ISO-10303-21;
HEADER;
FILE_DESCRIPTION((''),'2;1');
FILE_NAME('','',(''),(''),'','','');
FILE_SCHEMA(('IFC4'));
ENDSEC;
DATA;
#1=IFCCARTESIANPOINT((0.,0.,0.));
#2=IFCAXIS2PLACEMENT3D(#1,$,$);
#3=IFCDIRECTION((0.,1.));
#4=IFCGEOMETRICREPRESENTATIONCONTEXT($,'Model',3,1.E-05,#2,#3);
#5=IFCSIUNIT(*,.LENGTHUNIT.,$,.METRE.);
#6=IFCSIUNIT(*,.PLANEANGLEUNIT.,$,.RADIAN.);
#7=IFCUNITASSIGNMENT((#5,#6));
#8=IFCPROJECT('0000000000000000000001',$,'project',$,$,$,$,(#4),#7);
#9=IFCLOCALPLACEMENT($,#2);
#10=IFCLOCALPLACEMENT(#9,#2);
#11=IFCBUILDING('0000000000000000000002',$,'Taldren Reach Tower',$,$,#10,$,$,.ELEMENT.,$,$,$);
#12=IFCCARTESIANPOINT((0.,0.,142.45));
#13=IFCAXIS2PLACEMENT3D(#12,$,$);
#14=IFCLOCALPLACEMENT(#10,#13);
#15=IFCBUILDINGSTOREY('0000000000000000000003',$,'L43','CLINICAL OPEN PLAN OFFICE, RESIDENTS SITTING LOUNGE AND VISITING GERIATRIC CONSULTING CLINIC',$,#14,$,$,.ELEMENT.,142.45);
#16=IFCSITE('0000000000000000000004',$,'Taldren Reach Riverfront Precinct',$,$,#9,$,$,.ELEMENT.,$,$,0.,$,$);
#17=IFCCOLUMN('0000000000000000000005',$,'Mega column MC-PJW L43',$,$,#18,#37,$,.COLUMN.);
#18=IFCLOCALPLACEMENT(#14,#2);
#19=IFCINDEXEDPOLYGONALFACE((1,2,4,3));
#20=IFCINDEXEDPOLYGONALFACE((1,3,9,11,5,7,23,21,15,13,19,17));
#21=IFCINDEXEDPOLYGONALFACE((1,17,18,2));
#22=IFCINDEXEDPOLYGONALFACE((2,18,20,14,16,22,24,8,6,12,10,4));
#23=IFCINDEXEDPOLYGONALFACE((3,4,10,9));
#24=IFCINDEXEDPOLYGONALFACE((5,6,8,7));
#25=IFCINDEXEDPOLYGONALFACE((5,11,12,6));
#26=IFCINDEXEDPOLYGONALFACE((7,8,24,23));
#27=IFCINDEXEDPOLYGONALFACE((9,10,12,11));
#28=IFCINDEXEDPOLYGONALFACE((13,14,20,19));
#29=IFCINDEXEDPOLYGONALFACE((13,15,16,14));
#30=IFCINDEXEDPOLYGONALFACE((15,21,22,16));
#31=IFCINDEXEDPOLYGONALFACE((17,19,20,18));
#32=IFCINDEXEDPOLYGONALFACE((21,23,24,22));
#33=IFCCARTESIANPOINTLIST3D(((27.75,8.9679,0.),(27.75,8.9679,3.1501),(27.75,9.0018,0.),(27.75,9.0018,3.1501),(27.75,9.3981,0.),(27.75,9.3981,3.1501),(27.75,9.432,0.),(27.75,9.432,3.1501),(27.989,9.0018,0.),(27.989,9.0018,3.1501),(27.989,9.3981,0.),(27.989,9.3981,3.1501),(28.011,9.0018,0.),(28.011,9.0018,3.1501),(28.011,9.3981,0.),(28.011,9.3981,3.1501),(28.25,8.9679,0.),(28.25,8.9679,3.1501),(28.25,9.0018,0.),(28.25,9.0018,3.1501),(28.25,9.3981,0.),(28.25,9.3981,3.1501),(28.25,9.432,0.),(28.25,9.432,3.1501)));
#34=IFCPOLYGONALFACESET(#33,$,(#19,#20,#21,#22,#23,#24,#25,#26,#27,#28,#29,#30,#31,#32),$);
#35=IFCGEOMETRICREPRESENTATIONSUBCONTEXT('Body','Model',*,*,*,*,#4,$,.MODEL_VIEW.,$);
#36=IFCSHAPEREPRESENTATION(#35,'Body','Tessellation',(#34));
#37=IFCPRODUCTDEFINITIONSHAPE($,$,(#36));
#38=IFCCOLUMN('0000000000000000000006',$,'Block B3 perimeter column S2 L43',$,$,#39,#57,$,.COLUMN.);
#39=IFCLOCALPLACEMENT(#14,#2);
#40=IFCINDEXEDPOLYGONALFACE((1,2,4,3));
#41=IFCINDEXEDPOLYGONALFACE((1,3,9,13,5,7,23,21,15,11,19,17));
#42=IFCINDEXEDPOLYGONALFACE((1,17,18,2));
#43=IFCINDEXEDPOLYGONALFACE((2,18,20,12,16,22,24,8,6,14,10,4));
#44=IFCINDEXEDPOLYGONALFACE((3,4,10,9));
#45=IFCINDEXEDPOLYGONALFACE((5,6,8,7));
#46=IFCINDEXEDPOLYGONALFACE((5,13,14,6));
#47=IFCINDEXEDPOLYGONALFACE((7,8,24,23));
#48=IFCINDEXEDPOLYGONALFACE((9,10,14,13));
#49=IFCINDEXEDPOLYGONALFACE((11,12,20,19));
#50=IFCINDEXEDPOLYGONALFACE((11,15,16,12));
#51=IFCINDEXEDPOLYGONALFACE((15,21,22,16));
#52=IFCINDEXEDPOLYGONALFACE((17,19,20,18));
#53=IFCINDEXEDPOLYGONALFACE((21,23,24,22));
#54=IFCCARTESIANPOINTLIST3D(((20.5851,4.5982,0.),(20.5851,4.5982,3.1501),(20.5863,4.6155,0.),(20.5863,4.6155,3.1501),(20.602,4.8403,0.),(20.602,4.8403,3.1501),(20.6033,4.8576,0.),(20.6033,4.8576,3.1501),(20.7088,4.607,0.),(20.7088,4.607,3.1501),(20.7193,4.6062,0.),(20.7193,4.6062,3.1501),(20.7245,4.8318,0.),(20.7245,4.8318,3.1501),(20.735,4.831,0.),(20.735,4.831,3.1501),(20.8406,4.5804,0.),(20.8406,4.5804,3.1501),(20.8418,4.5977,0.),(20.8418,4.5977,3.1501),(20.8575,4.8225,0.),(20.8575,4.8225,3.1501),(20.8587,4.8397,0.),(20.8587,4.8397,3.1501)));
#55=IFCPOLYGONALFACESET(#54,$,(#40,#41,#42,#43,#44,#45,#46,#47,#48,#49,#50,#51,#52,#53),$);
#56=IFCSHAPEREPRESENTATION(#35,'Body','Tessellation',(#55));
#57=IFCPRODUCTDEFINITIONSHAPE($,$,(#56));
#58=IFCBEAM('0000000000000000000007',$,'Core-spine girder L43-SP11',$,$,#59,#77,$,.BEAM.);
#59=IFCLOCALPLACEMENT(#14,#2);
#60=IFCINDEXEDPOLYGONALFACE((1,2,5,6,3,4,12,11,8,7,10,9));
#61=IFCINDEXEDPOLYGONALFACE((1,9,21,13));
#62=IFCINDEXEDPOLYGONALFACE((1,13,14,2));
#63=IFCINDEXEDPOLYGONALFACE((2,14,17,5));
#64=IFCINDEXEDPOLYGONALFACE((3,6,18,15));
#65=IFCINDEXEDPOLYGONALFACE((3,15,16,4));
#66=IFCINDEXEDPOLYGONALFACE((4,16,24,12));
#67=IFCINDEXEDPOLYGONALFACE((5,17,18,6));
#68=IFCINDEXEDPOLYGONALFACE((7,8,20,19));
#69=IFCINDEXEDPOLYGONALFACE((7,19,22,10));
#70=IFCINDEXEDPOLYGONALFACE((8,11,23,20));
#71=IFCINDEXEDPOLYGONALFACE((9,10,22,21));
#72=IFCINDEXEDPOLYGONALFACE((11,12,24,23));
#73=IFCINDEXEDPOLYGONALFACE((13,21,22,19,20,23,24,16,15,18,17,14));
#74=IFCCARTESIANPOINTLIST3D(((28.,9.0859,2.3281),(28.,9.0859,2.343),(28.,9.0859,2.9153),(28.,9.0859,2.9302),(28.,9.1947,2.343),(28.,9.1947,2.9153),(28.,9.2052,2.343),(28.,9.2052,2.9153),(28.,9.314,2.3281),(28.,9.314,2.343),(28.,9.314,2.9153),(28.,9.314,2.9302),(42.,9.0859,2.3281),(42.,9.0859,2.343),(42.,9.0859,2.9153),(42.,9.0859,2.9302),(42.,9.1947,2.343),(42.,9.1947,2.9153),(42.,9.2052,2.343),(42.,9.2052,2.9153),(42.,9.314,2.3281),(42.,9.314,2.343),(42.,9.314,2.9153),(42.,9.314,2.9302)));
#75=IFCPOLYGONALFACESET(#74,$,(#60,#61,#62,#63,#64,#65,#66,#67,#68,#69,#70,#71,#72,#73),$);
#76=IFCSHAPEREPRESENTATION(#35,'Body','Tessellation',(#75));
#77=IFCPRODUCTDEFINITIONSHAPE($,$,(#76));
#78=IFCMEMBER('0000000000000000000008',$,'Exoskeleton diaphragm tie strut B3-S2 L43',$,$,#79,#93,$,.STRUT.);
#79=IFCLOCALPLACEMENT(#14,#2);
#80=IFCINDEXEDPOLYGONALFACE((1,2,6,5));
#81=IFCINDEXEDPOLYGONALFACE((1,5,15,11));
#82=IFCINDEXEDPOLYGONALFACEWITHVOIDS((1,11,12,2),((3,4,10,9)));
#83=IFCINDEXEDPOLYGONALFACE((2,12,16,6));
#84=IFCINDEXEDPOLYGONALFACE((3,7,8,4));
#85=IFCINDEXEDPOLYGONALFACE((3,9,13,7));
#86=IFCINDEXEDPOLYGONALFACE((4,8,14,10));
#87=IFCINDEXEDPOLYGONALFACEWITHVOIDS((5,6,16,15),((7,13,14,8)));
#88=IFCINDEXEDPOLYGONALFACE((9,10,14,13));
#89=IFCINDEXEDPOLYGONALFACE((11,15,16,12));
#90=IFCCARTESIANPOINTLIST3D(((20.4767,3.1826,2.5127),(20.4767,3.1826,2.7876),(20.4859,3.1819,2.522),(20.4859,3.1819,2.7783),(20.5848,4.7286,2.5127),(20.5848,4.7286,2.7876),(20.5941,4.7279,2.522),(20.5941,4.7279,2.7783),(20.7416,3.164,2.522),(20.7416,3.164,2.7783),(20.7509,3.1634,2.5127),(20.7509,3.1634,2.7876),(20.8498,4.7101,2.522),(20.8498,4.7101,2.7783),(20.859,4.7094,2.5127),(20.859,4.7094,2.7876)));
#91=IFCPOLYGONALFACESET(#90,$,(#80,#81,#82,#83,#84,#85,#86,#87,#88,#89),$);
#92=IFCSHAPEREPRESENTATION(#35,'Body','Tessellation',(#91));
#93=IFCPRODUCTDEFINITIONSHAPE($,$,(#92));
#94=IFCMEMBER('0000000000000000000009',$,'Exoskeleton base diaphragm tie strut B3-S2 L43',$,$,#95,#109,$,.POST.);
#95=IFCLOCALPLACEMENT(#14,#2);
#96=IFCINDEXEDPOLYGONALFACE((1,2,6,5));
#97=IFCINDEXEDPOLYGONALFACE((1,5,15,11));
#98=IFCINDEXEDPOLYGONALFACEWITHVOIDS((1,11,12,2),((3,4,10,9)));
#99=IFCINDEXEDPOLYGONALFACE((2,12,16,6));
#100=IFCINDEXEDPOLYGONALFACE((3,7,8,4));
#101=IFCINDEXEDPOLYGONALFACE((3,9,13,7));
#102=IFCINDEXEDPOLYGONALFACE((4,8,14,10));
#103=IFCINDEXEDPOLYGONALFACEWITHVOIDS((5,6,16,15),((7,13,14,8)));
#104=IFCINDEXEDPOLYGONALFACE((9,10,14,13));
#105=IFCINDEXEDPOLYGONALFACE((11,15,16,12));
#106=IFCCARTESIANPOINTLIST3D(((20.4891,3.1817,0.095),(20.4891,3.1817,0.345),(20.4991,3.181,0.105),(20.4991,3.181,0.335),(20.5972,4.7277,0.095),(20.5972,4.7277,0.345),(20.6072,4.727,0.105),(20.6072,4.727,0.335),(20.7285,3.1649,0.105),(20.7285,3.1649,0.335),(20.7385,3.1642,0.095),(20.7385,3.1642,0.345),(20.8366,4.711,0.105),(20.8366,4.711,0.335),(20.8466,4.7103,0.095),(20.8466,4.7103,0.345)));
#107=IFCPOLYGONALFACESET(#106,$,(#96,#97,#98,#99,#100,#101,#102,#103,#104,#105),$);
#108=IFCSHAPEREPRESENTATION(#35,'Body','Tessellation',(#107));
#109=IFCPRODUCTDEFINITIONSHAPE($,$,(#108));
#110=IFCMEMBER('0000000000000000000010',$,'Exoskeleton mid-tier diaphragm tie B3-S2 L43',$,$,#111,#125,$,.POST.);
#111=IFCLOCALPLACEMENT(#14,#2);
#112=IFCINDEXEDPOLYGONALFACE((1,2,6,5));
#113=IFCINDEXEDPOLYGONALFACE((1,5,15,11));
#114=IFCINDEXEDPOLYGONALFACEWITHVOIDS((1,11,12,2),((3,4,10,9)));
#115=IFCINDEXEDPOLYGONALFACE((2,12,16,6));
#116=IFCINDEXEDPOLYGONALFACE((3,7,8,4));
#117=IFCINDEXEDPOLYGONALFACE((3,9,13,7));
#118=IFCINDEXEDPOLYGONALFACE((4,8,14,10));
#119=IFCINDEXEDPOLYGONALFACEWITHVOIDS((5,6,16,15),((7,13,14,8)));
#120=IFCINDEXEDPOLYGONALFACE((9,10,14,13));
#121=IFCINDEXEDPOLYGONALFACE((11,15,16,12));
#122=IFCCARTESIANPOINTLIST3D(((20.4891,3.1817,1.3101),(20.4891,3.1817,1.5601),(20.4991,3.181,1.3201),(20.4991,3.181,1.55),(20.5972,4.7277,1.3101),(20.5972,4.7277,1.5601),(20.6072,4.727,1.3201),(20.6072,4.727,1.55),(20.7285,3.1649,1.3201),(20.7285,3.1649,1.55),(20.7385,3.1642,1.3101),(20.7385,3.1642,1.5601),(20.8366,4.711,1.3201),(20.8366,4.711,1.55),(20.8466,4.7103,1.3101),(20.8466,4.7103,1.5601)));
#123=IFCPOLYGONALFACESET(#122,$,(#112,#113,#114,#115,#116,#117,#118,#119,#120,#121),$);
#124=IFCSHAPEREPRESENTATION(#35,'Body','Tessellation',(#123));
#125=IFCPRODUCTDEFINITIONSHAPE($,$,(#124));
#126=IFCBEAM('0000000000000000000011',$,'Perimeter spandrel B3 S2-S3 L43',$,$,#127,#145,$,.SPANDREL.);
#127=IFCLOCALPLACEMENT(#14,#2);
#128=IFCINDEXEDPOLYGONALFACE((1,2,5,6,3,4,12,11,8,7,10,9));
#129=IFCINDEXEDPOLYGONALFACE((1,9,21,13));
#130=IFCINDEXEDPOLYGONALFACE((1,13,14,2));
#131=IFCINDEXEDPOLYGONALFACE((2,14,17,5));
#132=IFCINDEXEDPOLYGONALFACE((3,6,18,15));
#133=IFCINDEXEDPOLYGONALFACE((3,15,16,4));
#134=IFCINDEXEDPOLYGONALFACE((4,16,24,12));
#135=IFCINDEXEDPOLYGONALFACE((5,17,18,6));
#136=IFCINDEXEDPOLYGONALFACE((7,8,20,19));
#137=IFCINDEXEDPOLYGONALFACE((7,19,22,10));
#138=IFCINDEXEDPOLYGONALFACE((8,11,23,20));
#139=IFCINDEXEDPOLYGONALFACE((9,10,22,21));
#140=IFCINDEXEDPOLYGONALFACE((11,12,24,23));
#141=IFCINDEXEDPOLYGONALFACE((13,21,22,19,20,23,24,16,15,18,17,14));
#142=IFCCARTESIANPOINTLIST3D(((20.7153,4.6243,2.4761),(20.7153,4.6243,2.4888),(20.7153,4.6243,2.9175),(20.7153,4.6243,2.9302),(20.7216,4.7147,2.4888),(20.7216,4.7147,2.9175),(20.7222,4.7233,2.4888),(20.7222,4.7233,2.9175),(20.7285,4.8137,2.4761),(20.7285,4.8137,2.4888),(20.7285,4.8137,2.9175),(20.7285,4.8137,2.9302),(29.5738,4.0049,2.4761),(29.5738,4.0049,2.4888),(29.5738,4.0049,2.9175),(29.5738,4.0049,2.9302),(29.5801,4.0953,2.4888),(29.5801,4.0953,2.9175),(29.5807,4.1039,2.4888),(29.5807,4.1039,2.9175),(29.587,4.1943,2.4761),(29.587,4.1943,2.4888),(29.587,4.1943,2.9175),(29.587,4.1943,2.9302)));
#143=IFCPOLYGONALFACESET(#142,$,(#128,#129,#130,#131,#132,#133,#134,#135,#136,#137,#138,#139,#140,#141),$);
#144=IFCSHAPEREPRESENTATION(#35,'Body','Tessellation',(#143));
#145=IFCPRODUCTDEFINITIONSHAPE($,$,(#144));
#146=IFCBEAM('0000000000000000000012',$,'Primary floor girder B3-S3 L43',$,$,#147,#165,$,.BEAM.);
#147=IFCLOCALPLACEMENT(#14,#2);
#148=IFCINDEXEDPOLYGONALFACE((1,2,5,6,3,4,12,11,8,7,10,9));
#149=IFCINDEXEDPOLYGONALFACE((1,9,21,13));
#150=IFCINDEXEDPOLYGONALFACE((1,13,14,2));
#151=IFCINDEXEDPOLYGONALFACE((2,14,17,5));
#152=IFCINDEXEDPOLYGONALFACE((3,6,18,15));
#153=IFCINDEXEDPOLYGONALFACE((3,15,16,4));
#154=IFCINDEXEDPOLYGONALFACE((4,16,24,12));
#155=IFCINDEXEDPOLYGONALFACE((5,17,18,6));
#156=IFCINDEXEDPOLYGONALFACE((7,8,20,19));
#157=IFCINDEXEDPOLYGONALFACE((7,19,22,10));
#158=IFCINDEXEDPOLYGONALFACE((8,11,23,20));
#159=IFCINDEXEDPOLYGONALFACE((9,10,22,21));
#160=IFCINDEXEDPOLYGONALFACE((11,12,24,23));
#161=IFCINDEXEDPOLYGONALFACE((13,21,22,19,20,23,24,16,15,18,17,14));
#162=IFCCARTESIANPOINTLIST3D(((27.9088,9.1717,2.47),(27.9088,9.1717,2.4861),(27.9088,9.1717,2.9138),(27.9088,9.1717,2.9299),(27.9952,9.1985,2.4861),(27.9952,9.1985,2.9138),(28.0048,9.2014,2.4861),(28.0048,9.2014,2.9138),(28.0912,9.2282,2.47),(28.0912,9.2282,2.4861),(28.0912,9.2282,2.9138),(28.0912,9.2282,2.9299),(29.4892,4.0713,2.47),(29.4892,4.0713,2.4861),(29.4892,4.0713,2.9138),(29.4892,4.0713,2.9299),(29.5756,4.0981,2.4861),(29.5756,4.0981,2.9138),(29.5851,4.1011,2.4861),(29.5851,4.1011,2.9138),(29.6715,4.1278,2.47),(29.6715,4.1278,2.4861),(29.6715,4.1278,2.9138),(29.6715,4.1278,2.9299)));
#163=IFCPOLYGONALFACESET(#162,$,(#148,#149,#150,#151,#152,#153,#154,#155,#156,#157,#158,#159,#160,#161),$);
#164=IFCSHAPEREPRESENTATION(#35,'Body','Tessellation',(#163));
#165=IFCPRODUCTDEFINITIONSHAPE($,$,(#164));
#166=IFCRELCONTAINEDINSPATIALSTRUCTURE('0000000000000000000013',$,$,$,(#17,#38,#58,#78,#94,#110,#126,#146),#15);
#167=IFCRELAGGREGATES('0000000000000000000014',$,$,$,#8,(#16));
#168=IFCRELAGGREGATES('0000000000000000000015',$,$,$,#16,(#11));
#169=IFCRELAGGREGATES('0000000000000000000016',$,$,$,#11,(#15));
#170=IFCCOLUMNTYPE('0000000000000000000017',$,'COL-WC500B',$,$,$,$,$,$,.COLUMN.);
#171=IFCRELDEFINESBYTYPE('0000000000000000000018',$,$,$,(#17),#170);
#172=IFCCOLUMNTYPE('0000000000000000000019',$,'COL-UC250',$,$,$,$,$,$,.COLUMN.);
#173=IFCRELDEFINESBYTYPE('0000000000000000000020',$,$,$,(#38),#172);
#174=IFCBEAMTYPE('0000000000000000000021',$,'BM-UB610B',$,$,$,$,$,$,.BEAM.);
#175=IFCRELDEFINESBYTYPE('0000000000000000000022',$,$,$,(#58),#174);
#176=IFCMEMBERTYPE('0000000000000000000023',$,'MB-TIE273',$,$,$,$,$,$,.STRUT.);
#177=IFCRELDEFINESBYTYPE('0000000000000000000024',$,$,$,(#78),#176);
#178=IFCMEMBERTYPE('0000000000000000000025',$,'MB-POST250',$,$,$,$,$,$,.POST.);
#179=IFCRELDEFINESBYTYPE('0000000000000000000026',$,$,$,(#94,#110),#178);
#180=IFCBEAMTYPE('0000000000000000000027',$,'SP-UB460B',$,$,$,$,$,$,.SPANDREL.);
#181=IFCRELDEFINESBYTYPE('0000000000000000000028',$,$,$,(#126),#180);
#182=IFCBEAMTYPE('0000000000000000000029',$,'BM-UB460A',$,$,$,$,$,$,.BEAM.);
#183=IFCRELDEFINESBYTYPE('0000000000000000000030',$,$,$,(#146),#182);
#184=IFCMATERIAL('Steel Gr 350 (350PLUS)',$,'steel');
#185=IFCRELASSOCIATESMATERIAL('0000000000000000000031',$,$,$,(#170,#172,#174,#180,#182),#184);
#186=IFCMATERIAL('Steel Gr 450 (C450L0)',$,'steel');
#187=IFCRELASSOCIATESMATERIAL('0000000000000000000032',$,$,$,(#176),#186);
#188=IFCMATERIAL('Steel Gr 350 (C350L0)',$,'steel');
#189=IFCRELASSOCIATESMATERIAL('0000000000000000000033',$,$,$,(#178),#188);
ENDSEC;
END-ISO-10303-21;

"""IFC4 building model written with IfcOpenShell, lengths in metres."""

from ifc_helpers import new_model, si_unit, direction, frame, origin, origin_2d, place, context, subcontext, project, spatial, hollow_rectangle, i_section, extrude, source, transform, mapped, material, material_profile, profile_set, type_object, element, save


model = new_model("IFC4")

# Units and contexts
model_context = context("Model", 3, precision=1e-05, world=origin(), true_north=direction((0.0, 1.0)))
body_context = subcontext(model_context, "Body", "Model", "MODEL_VIEW")
ifc_project = project(units=[si_unit("LENGTHUNIT", "METRE"), si_unit("PLANEANGLEUNIT", "RADIAN")], contexts=[model_context])

# Site, building, storey
site_placement = place(None, origin())
site = spatial("IfcSite", under=ifc_project, at=site_placement, Name="Taldren Reach Riverfront Precinct", CompositionType="ELEMENT", RefElevation=0.0)
building_placement = place(site_placement, origin())
building = spatial("IfcBuilding", under=site, at=building_placement, Name="Taldren Reach Tower", CompositionType="ELEMENT")
storey_placement = place(building_placement, frame((0.0, 0.0, 142.45)))
storey = spatial("IfcBuildingStorey", under=building, at=storey_placement, Name="L43", Description="CLINICAL OPEN PLAN OFFICE, RESIDENTS SITTING LOUNGE AND VISITING GERIATRIC CONSULTING CLINIC", CompositionType="ELEMENT", Elevation=142.45)

# Columns
ifc_material_1 = material(Name="Steel Gr 350 (350PLUS)", Category="steel")
ifc_material_profile_1 = material_profile(ifc_material_1, i_section(OverallWidth=0.5, OverallDepth=0.4641, WebThickness=0.022, FlangeThickness=0.0339, at=origin_2d()), Name="500WC340")
ifc_profile_set_1 = profile_set([ifc_material_profile_1], Name="Steel Gr 350 (350PLUS)")
column_type_1 = type_object("IfcColumnType", Name="COL-WC500B", PredefinedType="COLUMN", material=ifc_profile_set_1)
shared_shape_1 = source(origin(), body_context, "Body", "SweptSolid", [
    extrude(i_section(OverallWidth=0.5, OverallDepth=0.4641, WebThickness=0.022, FlangeThickness=0.0339, at=origin_2d()), origin(), (0.0, 0.0, 1.0), 3.1501),
])
column_1_placement = place(storey_placement, frame((28.0, 9.2, 0.0), z_axis=(0.0, 0.0, 1.0), x_axis=(1.0, 0.0, 0.0)))
element("IfcColumn", 1, at=column_1_placement, inside=storey, type_object=column_type_1, Name="Mega column MC-PJW L43", PredefinedType="COLUMN", context=body_context, shape_type="MappedRepresentation", body=[
    mapped(shared_shape_1, transform((0.0, 0.0, 0.0), scale=1.0)),
])
ifc_material_profile_2 = material_profile(ifc_material_1, i_section(OverallWidth=0.2561, OverallDepth=0.26, WebThickness=0.0105, FlangeThickness=0.0173, at=origin_2d()), Name="250UC89.5")
ifc_profile_set_2 = profile_set([ifc_material_profile_2], Name="Steel Gr 350 (350PLUS)")
column_type_2 = type_object("IfcColumnType", Name="COL-UC250", PredefinedType="COLUMN", material=ifc_profile_set_2)
shared_shape_2 = source(origin(), body_context, "Body", "SweptSolid", [
    extrude(i_section(OverallWidth=0.2561, OverallDepth=0.26, WebThickness=0.0105, FlangeThickness=0.0173, at=origin_2d()), origin(), (0.0, 0.0, 1.0), 3.1501),
])
column_2_placement = place(storey_placement, frame((20.7219, 4.719, 0.0), z_axis=(0.0, 0.0, 1.0), x_axis=(0.997564, -0.069756, 0.0)))
element("IfcColumn", 2, at=column_2_placement, inside=storey, type_object=column_type_2, Name="Block B3 perimeter column S2 L43", PredefinedType="COLUMN", context=body_context, shape_type="MappedRepresentation", body=[
    mapped(shared_shape_2, transform((0.0, 0.0, 0.0), scale=1.0)),
])

# Beam
ifc_material_profile_3 = material_profile(ifc_material_1, i_section(OverallWidth=0.228, OverallDepth=0.6021, WebThickness=0.0105, FlangeThickness=0.0149, at=origin_2d()), Name="610UB101")
ifc_profile_set_3 = profile_set([ifc_material_profile_3], Name="Steel Gr 350 (350PLUS)")
beam_type_1 = type_object("IfcBeamType", Name="BM-UB610B", PredefinedType="BEAM", material=ifc_profile_set_3)
shared_shape_3 = source(origin(), body_context, "Body", "SweptSolid", [
    extrude(i_section(OverallWidth=0.228, OverallDepth=0.6021, WebThickness=0.0105, FlangeThickness=0.0149, at=origin_2d()), origin(), (0.0, 0.0, 1.0), 14.0),
])
beam_1_placement = place(storey_placement, frame((28.0, 9.2, 2.6292), z_axis=(1.0, 0.0, 0.0), x_axis=(0.0, 1.0, 0.0)))
element("IfcBeam", 3, at=beam_1_placement, inside=storey, type_object=beam_type_1, Name="Core-spine girder L43-SP11", PredefinedType="BEAM", context=body_context, shape_type="MappedRepresentation", body=[
    mapped(shared_shape_3, transform((0.0, 0.0, 0.0), scale=1.0)),
])

# Members
ifc_material_2 = material(Name="Steel Gr 450 (C450L0)", Category="steel")
ifc_material_profile_4 = material_profile(ifc_material_2, hollow_rectangle(XDim=0.2749, YDim=0.2749, WallThickness=0.0093, at=origin_2d()), Name="275x275x9.3SHS")
ifc_profile_set_4 = profile_set([ifc_material_profile_4], Name="Steel Gr 450 (C450L0)")
member_type_1 = type_object("IfcMemberType", Name="MB-TIE273", PredefinedType="STRUT", material=ifc_profile_set_4)
shared_shape_4 = source(origin(), body_context, "Body", "SweptSolid", [
    extrude(hollow_rectangle(XDim=0.2749, YDim=0.2749, WallThickness=0.0093, at=origin_2d()), origin(), (0.0, 0.0, 1.0), 1.5498),
])
member_1_placement = place(storey_placement, frame((20.7219, 4.719, 2.6501), z_axis=(-0.069781, -0.997562, 0.0), x_axis=(0.997562, -0.069781, 0.0)))
element("IfcMember", 4, at=member_1_placement, inside=storey, type_object=member_type_1, Name="Exoskeleton diaphragm tie strut B3-S2 L43", PredefinedType="STRUT", context=body_context, shape_type="MappedRepresentation", body=[
    mapped(shared_shape_4, transform((0.0, 0.0, 0.0), scale=1.0)),
])
ifc_material_3 = material(Name="Steel Gr 350 (C350L0)", Category="steel")
ifc_material_profile_5 = material_profile(ifc_material_3, hollow_rectangle(XDim=0.25, YDim=0.25, WallThickness=0.01, at=origin_2d()), Name="250x250x10.0SHS")
ifc_profile_set_5 = profile_set([ifc_material_profile_5], Name="Steel Gr 350 (C350L0)")
member_type_2 = type_object("IfcMemberType", Name="MB-POST250", PredefinedType="POST", material=ifc_profile_set_5)
shared_shape_5 = source(origin(), body_context, "Body", "SweptSolid", [
    extrude(hollow_rectangle(XDim=0.25, YDim=0.25, WallThickness=0.01, at=origin_2d()), origin(), (0.0, 0.0, 1.0), 1.5498),
])
for number, where, z_axis, x_axis, name in (
    (5, (20.7219, 4.719, 0.22), (-0.069781, -0.997562, 0.0), (0.997562, -0.069781, 0.0), "Exoskeleton base diaphragm tie strut B3-S2 L43"),
    (6, (20.7219, 4.719, 1.4351), (-0.069781, -0.997562, 0.0), (0.997562, -0.069781, 0.0), "Exoskeleton mid-tier diaphragm tie B3-S2 L43"),
):
    element("IfcMember", number, at=place(storey_placement, frame(where, z_axis=z_axis, x_axis=x_axis)), inside=storey, type_object=member_type_2, Name=name, PredefinedType="POST", context=body_context, shape_type="MappedRepresentation", body=[
        mapped(shared_shape_5, transform((0.0, 0.0, 0.0), scale=1.0)),
    ])

# Beams
ifc_material_profile_6 = material_profile(ifc_material_1, i_section(OverallWidth=0.1899, OverallDepth=0.4541, WebThickness=0.0085, FlangeThickness=0.0127, at=origin_2d()), Name="460UB67.1")
ifc_profile_set_6 = profile_set([ifc_material_profile_6], Name="Steel Gr 350 (350PLUS)")
beam_type_2 = type_object("IfcBeamType", Name="SP-UB460B", PredefinedType="SPANDREL", material=ifc_profile_set_6)
shared_shape_6 = source(origin(), body_context, "Body", "SweptSolid", [
    extrude(i_section(OverallWidth=0.1899, OverallDepth=0.4541, WebThickness=0.0085, FlangeThickness=0.0127, at=origin_2d()), origin(), (0.0, 0.0, 1.0), 8.8801),
])
beam_2_placement = place(storey_placement, frame((20.7219, 4.719, 2.7031), z_axis=(0.997564, -0.06975, 0.0), x_axis=(0.06975, 0.997564, 0.0)))
element("IfcBeam", 7, at=beam_2_placement, inside=storey, type_object=beam_type_2, Name="Perimeter spandrel B3 S2-S3 L43", PredefinedType="SPANDREL", context=body_context, shape_type="MappedRepresentation", body=[
    mapped(shared_shape_6, transform((0.0, 0.0, 0.0), scale=1.0)),
])
ifc_material_profile_7 = material_profile(ifc_material_1, i_section(OverallWidth=0.1909, OverallDepth=0.46, WebThickness=0.01, FlangeThickness=0.0161, at=origin_2d()), Name="460UB82.1")
ifc_profile_set_7 = profile_set([ifc_material_profile_7], Name="Steel Gr 350 (350PLUS)")
beam_type_3 = type_object("IfcBeamType", Name="BM-UB460A", PredefinedType="BEAM", material=ifc_profile_set_7)
shared_shape_7 = source(origin(), body_context, "Body", "SweptSolid", [
    extrude(i_section(OverallWidth=0.1909, OverallDepth=0.46, WebThickness=0.01, FlangeThickness=0.0161, at=origin_2d()), origin(), (0.0, 0.0, 1.0), 5.3396),
])
beam_3_placement = place(storey_placement, frame((28.0, 9.2, 2.7), z_axis=(0.295965, -0.955199, 0.0), x_axis=(0.955199, 0.295965, 0.0)))
element("IfcBeam", 8, at=beam_3_placement, inside=storey, type_object=beam_type_3, Name="Primary floor girder B3-S3 L43", PredefinedType="BEAM", context=body_context, shape_type="MappedRepresentation", body=[
    mapped(shared_shape_7, transform((0.0, 0.0, 0.0), scale=1.0)),
])

save(model, "model.ifc")
